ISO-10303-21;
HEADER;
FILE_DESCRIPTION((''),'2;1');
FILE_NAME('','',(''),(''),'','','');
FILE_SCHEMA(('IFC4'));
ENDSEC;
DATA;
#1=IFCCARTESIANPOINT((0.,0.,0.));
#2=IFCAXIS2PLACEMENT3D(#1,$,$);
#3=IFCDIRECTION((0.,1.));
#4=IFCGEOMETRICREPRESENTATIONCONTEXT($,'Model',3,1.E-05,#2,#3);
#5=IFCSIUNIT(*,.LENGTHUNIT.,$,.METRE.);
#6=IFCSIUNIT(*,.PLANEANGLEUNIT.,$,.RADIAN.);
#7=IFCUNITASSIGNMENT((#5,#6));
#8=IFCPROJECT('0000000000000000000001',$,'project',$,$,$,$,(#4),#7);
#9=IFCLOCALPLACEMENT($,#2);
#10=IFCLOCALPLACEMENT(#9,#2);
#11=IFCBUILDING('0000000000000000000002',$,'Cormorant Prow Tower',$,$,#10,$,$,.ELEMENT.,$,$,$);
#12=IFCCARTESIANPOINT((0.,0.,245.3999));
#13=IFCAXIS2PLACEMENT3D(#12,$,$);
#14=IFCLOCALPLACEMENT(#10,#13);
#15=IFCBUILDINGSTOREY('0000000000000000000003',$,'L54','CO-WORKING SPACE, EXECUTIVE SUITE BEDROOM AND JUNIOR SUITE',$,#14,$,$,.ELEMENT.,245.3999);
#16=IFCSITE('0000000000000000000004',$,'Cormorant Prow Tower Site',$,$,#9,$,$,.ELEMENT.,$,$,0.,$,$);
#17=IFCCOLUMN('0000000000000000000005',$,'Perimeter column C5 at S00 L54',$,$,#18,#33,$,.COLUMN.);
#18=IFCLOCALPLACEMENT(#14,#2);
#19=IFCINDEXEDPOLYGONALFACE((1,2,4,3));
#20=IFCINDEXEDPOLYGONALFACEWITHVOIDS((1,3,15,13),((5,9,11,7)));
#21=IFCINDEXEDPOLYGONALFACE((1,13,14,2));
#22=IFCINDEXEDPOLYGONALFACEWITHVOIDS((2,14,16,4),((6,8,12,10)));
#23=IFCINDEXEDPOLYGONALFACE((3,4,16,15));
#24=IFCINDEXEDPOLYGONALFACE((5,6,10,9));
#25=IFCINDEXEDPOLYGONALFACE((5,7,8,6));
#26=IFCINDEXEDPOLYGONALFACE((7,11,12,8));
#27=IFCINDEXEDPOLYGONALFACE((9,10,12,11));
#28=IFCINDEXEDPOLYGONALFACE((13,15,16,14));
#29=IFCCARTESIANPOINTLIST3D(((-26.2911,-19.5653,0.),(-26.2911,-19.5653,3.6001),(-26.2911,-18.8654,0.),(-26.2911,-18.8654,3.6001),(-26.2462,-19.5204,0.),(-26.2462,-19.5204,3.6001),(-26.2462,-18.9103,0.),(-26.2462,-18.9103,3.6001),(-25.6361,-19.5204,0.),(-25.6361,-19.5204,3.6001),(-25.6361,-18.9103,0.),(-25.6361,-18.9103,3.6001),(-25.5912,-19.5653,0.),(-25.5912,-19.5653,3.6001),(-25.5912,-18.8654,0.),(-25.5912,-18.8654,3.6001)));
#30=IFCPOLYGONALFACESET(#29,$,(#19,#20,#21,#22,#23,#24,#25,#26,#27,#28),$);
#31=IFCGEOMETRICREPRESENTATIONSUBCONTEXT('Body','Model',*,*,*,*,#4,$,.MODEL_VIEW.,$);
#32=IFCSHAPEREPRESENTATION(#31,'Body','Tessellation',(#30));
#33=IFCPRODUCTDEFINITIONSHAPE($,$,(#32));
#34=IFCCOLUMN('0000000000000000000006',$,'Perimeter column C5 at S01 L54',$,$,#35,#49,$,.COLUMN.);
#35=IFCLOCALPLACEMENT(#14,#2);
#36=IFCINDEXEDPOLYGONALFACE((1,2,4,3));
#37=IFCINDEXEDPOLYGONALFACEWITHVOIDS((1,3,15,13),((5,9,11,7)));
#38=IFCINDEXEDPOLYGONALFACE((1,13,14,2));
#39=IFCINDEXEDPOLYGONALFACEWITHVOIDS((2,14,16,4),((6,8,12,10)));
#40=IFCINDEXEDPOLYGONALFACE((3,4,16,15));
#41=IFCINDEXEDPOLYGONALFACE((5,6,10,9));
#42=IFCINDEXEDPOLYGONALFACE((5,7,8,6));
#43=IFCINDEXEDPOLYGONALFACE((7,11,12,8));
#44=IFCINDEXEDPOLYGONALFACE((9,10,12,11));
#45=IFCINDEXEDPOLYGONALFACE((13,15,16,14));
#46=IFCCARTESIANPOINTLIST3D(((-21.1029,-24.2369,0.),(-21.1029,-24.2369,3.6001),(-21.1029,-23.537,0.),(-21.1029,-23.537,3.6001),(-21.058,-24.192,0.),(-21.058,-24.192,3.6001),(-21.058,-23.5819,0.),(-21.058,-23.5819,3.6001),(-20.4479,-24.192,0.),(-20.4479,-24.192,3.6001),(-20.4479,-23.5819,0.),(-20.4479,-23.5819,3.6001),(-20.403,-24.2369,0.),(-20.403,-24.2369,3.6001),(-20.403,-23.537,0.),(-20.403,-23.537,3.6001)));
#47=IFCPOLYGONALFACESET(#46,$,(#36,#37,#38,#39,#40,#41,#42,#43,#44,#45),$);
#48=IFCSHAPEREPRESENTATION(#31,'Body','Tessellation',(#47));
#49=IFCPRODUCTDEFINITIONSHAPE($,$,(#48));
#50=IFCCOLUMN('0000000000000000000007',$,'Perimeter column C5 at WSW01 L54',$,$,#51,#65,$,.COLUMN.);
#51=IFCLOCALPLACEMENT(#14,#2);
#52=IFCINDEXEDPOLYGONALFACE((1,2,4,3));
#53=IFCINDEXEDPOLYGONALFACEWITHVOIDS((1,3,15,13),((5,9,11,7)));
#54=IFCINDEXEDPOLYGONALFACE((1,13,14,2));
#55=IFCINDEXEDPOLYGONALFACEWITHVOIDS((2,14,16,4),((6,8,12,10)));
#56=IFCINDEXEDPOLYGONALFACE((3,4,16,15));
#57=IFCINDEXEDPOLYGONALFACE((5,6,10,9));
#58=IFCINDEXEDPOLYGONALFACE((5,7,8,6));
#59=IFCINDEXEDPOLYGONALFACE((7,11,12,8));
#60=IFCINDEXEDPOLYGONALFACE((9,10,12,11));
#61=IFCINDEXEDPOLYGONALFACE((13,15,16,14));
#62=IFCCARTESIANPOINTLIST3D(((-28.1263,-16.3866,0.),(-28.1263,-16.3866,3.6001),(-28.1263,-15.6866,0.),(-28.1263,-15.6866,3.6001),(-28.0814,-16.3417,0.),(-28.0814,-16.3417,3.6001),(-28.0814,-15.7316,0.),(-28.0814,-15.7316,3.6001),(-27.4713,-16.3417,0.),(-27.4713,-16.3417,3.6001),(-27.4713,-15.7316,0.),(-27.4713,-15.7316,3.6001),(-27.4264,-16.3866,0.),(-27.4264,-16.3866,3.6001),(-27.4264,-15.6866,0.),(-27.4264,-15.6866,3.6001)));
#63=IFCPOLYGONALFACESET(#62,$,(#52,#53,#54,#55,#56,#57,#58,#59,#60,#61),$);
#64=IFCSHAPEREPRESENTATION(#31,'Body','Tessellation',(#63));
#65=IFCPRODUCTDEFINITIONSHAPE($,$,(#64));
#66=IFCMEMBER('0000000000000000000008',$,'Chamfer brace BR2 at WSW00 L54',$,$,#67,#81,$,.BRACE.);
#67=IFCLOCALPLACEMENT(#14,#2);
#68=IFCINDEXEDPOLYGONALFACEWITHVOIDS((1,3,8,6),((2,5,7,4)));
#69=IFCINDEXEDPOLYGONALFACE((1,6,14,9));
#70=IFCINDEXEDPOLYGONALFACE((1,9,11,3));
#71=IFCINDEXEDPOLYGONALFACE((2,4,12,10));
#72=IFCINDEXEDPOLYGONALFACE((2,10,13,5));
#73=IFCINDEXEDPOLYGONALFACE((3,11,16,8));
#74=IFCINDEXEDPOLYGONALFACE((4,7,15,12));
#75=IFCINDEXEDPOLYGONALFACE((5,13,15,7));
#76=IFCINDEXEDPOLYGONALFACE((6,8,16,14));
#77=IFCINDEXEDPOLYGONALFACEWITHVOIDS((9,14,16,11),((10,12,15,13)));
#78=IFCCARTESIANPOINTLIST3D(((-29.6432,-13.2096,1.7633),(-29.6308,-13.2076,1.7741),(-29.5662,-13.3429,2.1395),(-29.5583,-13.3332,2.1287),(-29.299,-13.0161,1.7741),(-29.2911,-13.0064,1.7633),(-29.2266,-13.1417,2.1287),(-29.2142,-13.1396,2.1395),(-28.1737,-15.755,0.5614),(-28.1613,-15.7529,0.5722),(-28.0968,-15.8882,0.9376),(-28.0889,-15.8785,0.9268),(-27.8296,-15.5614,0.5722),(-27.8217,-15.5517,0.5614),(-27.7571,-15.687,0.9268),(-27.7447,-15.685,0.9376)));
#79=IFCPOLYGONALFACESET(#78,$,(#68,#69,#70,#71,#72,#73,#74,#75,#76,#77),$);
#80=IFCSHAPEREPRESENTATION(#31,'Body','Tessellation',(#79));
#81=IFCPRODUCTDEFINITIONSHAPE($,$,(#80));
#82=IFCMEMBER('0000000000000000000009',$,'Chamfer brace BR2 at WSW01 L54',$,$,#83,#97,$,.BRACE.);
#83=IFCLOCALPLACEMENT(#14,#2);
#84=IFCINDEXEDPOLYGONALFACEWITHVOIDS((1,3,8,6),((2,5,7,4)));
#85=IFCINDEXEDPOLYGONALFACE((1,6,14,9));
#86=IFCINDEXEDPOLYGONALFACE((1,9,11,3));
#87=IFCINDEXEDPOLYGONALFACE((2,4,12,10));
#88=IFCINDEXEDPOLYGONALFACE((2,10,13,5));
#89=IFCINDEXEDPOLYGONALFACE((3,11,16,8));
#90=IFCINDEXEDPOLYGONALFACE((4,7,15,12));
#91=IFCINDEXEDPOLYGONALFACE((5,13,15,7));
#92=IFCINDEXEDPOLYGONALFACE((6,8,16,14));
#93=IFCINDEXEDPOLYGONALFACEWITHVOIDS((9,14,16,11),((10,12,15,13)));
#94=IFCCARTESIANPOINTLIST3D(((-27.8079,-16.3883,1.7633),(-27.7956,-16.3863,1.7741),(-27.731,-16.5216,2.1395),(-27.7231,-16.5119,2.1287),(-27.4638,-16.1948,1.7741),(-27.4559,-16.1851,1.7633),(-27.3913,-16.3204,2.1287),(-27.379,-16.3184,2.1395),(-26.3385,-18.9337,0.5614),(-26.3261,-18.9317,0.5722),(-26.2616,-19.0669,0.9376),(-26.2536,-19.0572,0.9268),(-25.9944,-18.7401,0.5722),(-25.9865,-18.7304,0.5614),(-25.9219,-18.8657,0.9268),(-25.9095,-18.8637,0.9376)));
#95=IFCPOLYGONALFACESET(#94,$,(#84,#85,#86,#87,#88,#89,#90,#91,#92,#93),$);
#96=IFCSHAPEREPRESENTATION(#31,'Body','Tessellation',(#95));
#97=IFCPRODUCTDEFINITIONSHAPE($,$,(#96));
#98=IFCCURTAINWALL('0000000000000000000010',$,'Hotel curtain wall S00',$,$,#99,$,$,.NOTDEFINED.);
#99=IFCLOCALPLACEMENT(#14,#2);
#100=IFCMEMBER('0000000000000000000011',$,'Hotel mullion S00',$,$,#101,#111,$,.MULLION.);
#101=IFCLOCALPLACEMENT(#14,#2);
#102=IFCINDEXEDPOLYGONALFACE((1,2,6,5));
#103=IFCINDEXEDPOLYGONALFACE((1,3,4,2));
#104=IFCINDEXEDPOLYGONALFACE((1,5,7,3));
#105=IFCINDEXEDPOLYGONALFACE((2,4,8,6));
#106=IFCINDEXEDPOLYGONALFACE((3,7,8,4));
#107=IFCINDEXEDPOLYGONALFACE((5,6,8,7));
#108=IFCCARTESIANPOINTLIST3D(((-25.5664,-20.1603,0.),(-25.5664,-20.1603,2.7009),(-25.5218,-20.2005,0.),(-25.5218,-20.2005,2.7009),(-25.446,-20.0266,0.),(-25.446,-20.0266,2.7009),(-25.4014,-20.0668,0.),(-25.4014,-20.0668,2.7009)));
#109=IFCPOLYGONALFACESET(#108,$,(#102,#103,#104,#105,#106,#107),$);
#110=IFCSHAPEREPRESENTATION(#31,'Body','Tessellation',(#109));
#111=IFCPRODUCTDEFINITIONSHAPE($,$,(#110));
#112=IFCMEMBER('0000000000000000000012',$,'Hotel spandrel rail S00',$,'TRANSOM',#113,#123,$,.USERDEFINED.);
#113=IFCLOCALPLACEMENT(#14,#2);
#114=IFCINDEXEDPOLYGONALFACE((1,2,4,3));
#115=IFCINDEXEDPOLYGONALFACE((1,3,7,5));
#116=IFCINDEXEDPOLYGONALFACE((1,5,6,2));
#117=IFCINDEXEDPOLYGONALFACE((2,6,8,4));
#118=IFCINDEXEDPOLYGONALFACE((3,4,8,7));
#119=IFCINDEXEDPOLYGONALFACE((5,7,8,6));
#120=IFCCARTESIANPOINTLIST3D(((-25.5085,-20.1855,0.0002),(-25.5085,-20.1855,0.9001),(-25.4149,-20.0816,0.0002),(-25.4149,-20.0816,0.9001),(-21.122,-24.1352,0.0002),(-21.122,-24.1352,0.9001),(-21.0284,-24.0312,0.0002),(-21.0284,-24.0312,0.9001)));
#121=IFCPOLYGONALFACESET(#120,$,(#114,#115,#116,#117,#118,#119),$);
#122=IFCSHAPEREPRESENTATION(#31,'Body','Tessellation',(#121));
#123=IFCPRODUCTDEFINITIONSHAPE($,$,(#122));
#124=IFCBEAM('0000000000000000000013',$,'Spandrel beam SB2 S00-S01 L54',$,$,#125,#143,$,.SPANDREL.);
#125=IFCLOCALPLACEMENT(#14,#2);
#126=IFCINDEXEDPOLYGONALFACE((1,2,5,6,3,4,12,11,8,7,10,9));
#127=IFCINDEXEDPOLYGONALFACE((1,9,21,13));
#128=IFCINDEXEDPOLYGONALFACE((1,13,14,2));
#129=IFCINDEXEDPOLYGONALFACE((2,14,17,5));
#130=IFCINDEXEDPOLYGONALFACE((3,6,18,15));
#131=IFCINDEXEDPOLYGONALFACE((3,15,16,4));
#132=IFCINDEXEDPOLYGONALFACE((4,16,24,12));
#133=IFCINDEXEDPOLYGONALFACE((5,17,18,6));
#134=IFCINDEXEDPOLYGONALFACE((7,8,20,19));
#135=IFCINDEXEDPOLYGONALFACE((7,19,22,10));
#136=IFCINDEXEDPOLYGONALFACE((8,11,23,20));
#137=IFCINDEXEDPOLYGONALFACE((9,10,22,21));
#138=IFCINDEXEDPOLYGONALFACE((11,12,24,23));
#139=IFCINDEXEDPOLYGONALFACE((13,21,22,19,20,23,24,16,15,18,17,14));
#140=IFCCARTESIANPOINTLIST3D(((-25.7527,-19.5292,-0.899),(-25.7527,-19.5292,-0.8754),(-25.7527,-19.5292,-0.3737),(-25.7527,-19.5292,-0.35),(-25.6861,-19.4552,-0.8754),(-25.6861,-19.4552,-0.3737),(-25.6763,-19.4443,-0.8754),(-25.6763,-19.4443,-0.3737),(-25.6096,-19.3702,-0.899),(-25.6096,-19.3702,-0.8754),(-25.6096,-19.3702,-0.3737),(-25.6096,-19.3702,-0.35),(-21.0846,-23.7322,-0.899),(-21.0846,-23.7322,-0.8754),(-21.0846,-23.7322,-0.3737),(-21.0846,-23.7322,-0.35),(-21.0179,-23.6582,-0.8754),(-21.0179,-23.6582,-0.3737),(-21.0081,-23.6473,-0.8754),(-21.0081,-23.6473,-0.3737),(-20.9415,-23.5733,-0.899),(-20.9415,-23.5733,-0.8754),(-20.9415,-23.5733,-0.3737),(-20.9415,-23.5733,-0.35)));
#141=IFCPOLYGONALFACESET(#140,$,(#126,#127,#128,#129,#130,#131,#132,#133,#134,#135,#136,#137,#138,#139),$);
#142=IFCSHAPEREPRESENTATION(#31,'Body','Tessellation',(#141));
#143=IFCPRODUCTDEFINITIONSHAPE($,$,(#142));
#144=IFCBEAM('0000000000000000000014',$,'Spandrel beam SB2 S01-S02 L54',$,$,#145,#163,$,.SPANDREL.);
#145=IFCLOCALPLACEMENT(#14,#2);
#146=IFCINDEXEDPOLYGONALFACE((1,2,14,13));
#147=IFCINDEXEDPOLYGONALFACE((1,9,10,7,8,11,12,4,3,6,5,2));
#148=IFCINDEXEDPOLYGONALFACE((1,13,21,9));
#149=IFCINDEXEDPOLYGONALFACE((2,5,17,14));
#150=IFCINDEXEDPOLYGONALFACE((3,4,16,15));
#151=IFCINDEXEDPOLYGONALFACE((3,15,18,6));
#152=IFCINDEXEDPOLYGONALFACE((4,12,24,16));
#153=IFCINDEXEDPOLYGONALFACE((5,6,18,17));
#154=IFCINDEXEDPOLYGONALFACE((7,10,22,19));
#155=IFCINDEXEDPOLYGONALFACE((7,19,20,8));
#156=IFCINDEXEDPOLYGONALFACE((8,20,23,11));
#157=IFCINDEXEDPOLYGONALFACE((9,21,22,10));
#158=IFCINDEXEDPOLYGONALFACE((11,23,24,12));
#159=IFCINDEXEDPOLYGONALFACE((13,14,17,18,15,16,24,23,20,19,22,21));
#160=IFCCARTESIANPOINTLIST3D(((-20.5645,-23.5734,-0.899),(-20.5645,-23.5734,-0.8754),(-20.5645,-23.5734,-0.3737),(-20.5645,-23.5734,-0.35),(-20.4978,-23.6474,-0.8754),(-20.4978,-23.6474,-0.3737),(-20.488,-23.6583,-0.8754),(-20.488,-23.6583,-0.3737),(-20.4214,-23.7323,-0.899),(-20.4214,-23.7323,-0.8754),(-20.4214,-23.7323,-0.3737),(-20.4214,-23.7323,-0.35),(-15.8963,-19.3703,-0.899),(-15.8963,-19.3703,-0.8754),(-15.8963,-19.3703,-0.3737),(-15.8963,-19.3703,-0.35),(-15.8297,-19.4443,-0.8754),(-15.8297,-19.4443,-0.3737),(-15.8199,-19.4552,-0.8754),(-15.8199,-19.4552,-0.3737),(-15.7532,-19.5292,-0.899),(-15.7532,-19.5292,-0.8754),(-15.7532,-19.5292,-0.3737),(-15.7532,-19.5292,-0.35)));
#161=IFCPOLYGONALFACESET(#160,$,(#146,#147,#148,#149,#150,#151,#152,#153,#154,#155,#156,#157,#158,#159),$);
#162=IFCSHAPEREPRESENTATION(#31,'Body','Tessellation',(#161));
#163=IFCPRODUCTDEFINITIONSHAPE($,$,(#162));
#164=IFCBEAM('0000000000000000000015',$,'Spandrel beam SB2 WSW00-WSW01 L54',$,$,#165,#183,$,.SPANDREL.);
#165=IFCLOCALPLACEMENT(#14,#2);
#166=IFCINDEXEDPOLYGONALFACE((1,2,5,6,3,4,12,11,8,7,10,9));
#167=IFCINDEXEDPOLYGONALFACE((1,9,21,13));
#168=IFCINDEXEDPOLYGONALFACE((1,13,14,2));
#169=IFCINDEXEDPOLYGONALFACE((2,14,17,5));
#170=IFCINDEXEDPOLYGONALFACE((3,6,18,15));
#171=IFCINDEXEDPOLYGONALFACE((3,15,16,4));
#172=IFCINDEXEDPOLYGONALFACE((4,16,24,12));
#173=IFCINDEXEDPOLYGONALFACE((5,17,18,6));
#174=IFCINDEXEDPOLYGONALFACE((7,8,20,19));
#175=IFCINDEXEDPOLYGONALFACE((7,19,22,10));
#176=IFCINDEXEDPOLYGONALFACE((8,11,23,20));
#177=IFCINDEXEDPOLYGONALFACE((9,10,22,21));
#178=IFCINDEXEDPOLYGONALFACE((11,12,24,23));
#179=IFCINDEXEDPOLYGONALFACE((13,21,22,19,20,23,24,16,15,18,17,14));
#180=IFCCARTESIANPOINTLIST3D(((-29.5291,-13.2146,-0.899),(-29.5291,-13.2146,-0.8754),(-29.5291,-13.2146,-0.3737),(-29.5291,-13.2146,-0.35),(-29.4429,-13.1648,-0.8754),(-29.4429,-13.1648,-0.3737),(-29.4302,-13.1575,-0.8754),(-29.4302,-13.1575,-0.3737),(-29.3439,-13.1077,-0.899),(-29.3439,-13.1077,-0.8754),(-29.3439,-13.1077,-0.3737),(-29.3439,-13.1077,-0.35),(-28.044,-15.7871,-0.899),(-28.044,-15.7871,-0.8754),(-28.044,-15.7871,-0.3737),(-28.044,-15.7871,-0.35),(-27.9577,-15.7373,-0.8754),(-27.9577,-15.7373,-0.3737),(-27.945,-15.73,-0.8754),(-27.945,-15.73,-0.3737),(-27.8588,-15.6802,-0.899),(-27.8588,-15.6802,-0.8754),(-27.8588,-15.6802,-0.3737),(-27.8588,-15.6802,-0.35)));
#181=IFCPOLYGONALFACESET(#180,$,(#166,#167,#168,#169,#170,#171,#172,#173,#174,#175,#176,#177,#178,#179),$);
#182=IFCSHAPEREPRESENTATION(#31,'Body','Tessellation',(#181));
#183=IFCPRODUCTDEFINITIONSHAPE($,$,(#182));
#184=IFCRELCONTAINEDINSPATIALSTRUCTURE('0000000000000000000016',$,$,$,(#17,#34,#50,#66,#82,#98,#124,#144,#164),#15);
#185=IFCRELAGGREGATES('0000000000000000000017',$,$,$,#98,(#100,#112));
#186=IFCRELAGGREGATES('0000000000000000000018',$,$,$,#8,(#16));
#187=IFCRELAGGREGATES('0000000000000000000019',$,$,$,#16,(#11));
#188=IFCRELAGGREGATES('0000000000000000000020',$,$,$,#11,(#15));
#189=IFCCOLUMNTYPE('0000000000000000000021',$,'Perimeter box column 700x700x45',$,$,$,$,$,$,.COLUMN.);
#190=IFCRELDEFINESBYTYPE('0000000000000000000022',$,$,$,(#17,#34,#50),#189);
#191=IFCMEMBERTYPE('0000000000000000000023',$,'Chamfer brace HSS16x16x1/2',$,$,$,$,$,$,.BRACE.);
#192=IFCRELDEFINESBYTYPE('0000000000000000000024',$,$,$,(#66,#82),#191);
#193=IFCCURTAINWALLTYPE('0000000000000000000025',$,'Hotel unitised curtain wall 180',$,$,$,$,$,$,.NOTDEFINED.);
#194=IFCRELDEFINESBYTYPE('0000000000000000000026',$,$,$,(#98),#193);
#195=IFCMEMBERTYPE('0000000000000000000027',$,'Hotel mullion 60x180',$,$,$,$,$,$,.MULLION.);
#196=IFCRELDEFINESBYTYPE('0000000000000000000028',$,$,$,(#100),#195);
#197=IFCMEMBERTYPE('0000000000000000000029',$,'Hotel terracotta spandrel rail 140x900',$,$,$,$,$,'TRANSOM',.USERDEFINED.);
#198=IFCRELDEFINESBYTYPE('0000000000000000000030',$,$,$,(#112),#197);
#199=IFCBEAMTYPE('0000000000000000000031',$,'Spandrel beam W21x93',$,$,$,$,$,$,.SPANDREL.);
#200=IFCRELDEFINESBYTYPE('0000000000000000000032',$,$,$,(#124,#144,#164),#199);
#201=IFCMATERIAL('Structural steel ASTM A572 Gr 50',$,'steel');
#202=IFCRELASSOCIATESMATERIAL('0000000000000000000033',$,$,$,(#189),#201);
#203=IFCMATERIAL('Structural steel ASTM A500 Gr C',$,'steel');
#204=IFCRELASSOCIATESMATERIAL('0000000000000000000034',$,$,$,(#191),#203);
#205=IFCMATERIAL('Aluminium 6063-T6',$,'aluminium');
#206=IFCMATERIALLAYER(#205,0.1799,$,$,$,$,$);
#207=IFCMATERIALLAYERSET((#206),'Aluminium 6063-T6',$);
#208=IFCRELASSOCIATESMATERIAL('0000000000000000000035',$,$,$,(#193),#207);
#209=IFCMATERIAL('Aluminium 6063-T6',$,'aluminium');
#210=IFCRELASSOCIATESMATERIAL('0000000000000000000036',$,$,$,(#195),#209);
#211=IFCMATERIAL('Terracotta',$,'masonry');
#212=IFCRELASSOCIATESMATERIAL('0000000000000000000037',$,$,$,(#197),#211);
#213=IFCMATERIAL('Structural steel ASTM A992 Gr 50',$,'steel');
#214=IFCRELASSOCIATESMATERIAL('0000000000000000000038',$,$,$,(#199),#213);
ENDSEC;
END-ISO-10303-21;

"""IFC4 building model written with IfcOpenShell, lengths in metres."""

from ifc_helpers import new_model, si_unit, direction, frame, origin, origin_2d, place, context, subcontext, project, spatial, rectangle, hollow_rectangle, i_section, extrude, material, layer, layer_set, material_profile, profile_set, type_object, element, aggregate, save


model = new_model("IFC4")

# Units and contexts
model_context = context("Model", 3, precision=1e-05, world=origin(), true_north=direction((0.0, 1.0)))
body_context = subcontext(model_context, "Body", "Model", "MODEL_VIEW")
ifc_project = project(units=[si_unit("LENGTHUNIT", "METRE"), si_unit("PLANEANGLEUNIT", "RADIAN")], contexts=[model_context])

# Site, building, storey
site_placement = place(None, origin())
site = spatial("IfcSite", under=ifc_project, at=site_placement, Name="Cormorant Prow Tower Site", CompositionType="ELEMENT", RefElevation=0.0)
building_placement = place(site_placement, origin())
building = spatial("IfcBuilding", under=site, at=building_placement, Name="Cormorant Prow Tower", CompositionType="ELEMENT")
storey_placement = place(building_placement, frame((0.0, 0.0, 245.3999)))
storey = spatial("IfcBuildingStorey", under=building, at=storey_placement, Name="L54", Description="CO-WORKING SPACE, EXECUTIVE SUITE BEDROOM AND JUNIOR SUITE", CompositionType="ELEMENT", Elevation=245.3999)

# Columns
ifc_material_1 = material(Name="Structural steel ASTM A572 Gr 50", Category="steel")
ifc_material_profile_1 = material_profile(ifc_material_1, hollow_rectangle(XDim=0.7, YDim=0.7, WallThickness=0.0449, at=origin_2d()), Name="Box 700x700x45")
ifc_profile_set_1 = profile_set([ifc_material_profile_1], Name="Structural steel ASTM A572 Gr 50")
column_type = type_object("IfcColumnType", Name="Perimeter box column 700x700x45", PredefinedType="COLUMN", material=ifc_profile_set_1)
for number, where, z_axis, x_axis, name in (
    (1, (-25.9412, -19.2153, 0.0), (0.0, 0.0, 1.0), (1.0, 0.0, 0.0), "Perimeter column C5 at S00 L54"),
    (2, (-20.7529, -23.887, 0.0), (0.0, 0.0, 1.0), (1.0, 0.0, 0.0), "Perimeter column C5 at S01 L54"),
    (3, (-27.7764, -16.0366, 0.0), (0.0, 0.0, 1.0), (1.0, 0.0, 0.0), "Perimeter column C5 at WSW01 L54"),
):
    element("IfcColumn", number, at=place(storey_placement, frame(where, z_axis=z_axis, x_axis=x_axis)), inside=storey, type_object=column_type, Name=name, PredefinedType="COLUMN", context=body_context, shape_type="SweptSolid", body=[
        extrude(hollow_rectangle(XDim=0.7, YDim=0.7, WallThickness=0.0449, at=origin_2d()), origin(), (0.0, 0.0, 1.0), 3.6001),
    ])

# Members
ifc_material_2 = material(Name="Structural steel ASTM A500 Gr C", Category="steel")
ifc_material_profile_2 = material_profile(ifc_material_2, hollow_rectangle(XDim=0.4065, YDim=0.4065, WallThickness=0.0117, at=origin_2d()), Name="HSS16x16x1/2")
ifc_profile_set_2 = profile_set([ifc_material_profile_2], Name="Structural steel ASTM A500 Gr C")
member_type_1 = type_object("IfcMemberType", Name="Chamfer brace HSS16x16x1/2", PredefinedType="BRACE", material=ifc_profile_set_2)
for number, where, z_axis, x_axis, name in (
    (4, (-27.9592, -15.72, 0.7495), (-0.462773, 0.801607, 0.378507), (-0.866042, -0.499972, 0.0), "Chamfer brace BR2 at WSW00 L54"),
    (5, (-26.124, -18.8987, 0.7495), (-0.462773, 0.801607, 0.378507), (-0.866042, -0.499972, 0.0), "Chamfer brace BR2 at WSW01 L54"),
):
    element("IfcMember", number, at=place(storey_placement, frame(where, z_axis=z_axis, x_axis=x_axis)), inside=storey, type_object=member_type_1, Name=name, PredefinedType="BRACE", context=body_context, shape_type="SweptSolid", body=[
        extrude(hollow_rectangle(XDim=0.4065, YDim=0.4065, WallThickness=0.0117, at=origin_2d()), origin(), (0.0, 0.0, 1.0), 3.1753),
    ])

# Curtain wall, members
ifc_material_3 = material(Name="Aluminium 6063-T6", Category="aluminium")
ifc_layer_1 = layer(ifc_material_3, 0.1799)
ifc_layer_set_1 = layer_set([ifc_layer_1], Name="Aluminium 6063-T6")
curtain_wall_type = type_object("IfcCurtainWallType", Name="Hotel unitised curtain wall 180", PredefinedType="NOTDEFINED", material=ifc_layer_set_1)
curtain_wall_placement = place(storey_placement, origin())
curtain_wall = element("IfcCurtainWall", 6, at=curtain_wall_placement, inside=storey, type_object=curtain_wall_type, Name="Hotel curtain wall S00", PredefinedType="NOTDEFINED")
ifc_material_4 = material(Name="Aluminium 6063-T6", Category="aluminium")
ifc_material_profile_3 = material_profile(ifc_material_4, rectangle(XDim=0.1799, YDim=0.0601, at=origin_2d()), Name="Hotel mullion 60x180")
ifc_profile_set_3 = profile_set([ifc_material_profile_3], Name="Aluminium 6063-T6")
member_type_2 = type_object("IfcMemberType", Name="Hotel mullion 60x180", PredefinedType="MULLION", material=ifc_profile_set_3)
member_1_placement = place(storey_placement, frame((-25.4839, -20.1135, 0.0), z_axis=(0.0, 0.0, 1.0), x_axis=(0.669131, 0.743145, 0.0)))
member_1 = element("IfcMember", 7, at=member_1_placement, type_object=member_type_2, Name="Hotel mullion S00", PredefinedType="MULLION", context=body_context, shape_type="SweptSolid", body=[
    extrude(rectangle(XDim=0.1799, YDim=0.0601, at=origin_2d()), origin(), (0.0, 0.0, 1.0), 2.7009),
])
ifc_material_5 = material(Name="Terracotta", Category="masonry")
ifc_material_profile_4 = material_profile(ifc_material_5, rectangle(XDim=0.1399, YDim=0.8999, at=origin_2d()), Name="Hotel terracotta spandrel rail 140x900")
ifc_profile_set_4 = profile_set([ifc_material_profile_4], Name="Terracotta")
member_type_3 = type_object("IfcMemberType", Name="Hotel terracotta spandrel rail 140x900", ElementType="TRANSOM", PredefinedType="USERDEFINED", material=ifc_profile_set_4)
member_2_placement = place(storey_placement, frame((-25.4617, -20.1335, 0.4502), z_axis=(0.743136, -0.669141, 0.0), x_axis=(0.669141, 0.743136, 0.0)))
member_2 = element("IfcMember", 8, at=member_2_placement, type_object=member_type_3, Name="Hotel spandrel rail S00", ObjectType="TRANSOM", PredefinedType="USERDEFINED", context=body_context, shape_type="SweptSolid", body=[
    extrude(rectangle(XDim=0.1399, YDim=0.8999, at=origin_2d()), origin(), (0.0, 0.0, 1.0), 5.9026),
])

# Beams
ifc_material_6 = material(Name="Structural steel ASTM A992 Gr 50", Category="steel")
ifc_material_profile_5 = material_profile(ifc_material_6, i_section(OverallWidth=0.2139, OverallDepth=0.5491, WebThickness=0.0146, FlangeThickness=0.0237, at=origin_2d()), Name="W21x93")
ifc_profile_set_5 = profile_set([ifc_material_profile_5], Name="Structural steel ASTM A992 Gr 50")
beam_type = type_object("IfcBeamType", Name="Spandrel beam W21x93", PredefinedType="SPANDREL", material=ifc_profile_set_5)
for number, where, z_axis, x_axis, name in (
    (9, (-25.6812, -19.4497, -0.6245), (0.743157, -0.669117, 0.0), (0.669117, 0.743157, 0.0), "Spandrel beam SB2 S00-S01 L54"),
    (10, (-20.4929, -23.6528, -0.6245), (0.743157, 0.669117, 0.0), (-0.669117, 0.743157, 0.0), "Spandrel beam SB2 S01-S02 L54"),
):
    element("IfcBeam", number, at=place(storey_placement, frame(where, z_axis=z_axis, x_axis=x_axis)), inside=storey, type_object=beam_type, Name=name, PredefinedType="SPANDREL", context=body_context, shape_type="SweptSolid", body=[
        extrude(i_section(OverallWidth=0.2139, OverallDepth=0.5491, WebThickness=0.0146, FlangeThickness=0.0237, at=origin_2d()), origin(), (0.0, 0.0, 1.0), 6.2815),
    ])
for number, where, z_axis, x_axis, name in (
    (11, (-29.4365, -13.1611, -0.6245), (0.499967, -0.866045, 0.0), (0.866045, 0.499967, 0.0), "Spandrel beam SB2 WSW00-WSW01 L54"),
):
    element("IfcBeam", number, at=place(storey_placement, frame(where, z_axis=z_axis, x_axis=x_axis)), inside=storey, type_object=beam_type, Name=name, PredefinedType="SPANDREL", context=body_context, shape_type="SweptSolid", body=[
        extrude(i_section(OverallWidth=0.2139, OverallDepth=0.5491, WebThickness=0.0146, FlangeThickness=0.0237, at=origin_2d()), origin(), (0.0, 0.0, 1.0), 2.9705),
    ])

aggregate(curtain_wall, [member_1, member_2])

save(model, "model.ifc")
